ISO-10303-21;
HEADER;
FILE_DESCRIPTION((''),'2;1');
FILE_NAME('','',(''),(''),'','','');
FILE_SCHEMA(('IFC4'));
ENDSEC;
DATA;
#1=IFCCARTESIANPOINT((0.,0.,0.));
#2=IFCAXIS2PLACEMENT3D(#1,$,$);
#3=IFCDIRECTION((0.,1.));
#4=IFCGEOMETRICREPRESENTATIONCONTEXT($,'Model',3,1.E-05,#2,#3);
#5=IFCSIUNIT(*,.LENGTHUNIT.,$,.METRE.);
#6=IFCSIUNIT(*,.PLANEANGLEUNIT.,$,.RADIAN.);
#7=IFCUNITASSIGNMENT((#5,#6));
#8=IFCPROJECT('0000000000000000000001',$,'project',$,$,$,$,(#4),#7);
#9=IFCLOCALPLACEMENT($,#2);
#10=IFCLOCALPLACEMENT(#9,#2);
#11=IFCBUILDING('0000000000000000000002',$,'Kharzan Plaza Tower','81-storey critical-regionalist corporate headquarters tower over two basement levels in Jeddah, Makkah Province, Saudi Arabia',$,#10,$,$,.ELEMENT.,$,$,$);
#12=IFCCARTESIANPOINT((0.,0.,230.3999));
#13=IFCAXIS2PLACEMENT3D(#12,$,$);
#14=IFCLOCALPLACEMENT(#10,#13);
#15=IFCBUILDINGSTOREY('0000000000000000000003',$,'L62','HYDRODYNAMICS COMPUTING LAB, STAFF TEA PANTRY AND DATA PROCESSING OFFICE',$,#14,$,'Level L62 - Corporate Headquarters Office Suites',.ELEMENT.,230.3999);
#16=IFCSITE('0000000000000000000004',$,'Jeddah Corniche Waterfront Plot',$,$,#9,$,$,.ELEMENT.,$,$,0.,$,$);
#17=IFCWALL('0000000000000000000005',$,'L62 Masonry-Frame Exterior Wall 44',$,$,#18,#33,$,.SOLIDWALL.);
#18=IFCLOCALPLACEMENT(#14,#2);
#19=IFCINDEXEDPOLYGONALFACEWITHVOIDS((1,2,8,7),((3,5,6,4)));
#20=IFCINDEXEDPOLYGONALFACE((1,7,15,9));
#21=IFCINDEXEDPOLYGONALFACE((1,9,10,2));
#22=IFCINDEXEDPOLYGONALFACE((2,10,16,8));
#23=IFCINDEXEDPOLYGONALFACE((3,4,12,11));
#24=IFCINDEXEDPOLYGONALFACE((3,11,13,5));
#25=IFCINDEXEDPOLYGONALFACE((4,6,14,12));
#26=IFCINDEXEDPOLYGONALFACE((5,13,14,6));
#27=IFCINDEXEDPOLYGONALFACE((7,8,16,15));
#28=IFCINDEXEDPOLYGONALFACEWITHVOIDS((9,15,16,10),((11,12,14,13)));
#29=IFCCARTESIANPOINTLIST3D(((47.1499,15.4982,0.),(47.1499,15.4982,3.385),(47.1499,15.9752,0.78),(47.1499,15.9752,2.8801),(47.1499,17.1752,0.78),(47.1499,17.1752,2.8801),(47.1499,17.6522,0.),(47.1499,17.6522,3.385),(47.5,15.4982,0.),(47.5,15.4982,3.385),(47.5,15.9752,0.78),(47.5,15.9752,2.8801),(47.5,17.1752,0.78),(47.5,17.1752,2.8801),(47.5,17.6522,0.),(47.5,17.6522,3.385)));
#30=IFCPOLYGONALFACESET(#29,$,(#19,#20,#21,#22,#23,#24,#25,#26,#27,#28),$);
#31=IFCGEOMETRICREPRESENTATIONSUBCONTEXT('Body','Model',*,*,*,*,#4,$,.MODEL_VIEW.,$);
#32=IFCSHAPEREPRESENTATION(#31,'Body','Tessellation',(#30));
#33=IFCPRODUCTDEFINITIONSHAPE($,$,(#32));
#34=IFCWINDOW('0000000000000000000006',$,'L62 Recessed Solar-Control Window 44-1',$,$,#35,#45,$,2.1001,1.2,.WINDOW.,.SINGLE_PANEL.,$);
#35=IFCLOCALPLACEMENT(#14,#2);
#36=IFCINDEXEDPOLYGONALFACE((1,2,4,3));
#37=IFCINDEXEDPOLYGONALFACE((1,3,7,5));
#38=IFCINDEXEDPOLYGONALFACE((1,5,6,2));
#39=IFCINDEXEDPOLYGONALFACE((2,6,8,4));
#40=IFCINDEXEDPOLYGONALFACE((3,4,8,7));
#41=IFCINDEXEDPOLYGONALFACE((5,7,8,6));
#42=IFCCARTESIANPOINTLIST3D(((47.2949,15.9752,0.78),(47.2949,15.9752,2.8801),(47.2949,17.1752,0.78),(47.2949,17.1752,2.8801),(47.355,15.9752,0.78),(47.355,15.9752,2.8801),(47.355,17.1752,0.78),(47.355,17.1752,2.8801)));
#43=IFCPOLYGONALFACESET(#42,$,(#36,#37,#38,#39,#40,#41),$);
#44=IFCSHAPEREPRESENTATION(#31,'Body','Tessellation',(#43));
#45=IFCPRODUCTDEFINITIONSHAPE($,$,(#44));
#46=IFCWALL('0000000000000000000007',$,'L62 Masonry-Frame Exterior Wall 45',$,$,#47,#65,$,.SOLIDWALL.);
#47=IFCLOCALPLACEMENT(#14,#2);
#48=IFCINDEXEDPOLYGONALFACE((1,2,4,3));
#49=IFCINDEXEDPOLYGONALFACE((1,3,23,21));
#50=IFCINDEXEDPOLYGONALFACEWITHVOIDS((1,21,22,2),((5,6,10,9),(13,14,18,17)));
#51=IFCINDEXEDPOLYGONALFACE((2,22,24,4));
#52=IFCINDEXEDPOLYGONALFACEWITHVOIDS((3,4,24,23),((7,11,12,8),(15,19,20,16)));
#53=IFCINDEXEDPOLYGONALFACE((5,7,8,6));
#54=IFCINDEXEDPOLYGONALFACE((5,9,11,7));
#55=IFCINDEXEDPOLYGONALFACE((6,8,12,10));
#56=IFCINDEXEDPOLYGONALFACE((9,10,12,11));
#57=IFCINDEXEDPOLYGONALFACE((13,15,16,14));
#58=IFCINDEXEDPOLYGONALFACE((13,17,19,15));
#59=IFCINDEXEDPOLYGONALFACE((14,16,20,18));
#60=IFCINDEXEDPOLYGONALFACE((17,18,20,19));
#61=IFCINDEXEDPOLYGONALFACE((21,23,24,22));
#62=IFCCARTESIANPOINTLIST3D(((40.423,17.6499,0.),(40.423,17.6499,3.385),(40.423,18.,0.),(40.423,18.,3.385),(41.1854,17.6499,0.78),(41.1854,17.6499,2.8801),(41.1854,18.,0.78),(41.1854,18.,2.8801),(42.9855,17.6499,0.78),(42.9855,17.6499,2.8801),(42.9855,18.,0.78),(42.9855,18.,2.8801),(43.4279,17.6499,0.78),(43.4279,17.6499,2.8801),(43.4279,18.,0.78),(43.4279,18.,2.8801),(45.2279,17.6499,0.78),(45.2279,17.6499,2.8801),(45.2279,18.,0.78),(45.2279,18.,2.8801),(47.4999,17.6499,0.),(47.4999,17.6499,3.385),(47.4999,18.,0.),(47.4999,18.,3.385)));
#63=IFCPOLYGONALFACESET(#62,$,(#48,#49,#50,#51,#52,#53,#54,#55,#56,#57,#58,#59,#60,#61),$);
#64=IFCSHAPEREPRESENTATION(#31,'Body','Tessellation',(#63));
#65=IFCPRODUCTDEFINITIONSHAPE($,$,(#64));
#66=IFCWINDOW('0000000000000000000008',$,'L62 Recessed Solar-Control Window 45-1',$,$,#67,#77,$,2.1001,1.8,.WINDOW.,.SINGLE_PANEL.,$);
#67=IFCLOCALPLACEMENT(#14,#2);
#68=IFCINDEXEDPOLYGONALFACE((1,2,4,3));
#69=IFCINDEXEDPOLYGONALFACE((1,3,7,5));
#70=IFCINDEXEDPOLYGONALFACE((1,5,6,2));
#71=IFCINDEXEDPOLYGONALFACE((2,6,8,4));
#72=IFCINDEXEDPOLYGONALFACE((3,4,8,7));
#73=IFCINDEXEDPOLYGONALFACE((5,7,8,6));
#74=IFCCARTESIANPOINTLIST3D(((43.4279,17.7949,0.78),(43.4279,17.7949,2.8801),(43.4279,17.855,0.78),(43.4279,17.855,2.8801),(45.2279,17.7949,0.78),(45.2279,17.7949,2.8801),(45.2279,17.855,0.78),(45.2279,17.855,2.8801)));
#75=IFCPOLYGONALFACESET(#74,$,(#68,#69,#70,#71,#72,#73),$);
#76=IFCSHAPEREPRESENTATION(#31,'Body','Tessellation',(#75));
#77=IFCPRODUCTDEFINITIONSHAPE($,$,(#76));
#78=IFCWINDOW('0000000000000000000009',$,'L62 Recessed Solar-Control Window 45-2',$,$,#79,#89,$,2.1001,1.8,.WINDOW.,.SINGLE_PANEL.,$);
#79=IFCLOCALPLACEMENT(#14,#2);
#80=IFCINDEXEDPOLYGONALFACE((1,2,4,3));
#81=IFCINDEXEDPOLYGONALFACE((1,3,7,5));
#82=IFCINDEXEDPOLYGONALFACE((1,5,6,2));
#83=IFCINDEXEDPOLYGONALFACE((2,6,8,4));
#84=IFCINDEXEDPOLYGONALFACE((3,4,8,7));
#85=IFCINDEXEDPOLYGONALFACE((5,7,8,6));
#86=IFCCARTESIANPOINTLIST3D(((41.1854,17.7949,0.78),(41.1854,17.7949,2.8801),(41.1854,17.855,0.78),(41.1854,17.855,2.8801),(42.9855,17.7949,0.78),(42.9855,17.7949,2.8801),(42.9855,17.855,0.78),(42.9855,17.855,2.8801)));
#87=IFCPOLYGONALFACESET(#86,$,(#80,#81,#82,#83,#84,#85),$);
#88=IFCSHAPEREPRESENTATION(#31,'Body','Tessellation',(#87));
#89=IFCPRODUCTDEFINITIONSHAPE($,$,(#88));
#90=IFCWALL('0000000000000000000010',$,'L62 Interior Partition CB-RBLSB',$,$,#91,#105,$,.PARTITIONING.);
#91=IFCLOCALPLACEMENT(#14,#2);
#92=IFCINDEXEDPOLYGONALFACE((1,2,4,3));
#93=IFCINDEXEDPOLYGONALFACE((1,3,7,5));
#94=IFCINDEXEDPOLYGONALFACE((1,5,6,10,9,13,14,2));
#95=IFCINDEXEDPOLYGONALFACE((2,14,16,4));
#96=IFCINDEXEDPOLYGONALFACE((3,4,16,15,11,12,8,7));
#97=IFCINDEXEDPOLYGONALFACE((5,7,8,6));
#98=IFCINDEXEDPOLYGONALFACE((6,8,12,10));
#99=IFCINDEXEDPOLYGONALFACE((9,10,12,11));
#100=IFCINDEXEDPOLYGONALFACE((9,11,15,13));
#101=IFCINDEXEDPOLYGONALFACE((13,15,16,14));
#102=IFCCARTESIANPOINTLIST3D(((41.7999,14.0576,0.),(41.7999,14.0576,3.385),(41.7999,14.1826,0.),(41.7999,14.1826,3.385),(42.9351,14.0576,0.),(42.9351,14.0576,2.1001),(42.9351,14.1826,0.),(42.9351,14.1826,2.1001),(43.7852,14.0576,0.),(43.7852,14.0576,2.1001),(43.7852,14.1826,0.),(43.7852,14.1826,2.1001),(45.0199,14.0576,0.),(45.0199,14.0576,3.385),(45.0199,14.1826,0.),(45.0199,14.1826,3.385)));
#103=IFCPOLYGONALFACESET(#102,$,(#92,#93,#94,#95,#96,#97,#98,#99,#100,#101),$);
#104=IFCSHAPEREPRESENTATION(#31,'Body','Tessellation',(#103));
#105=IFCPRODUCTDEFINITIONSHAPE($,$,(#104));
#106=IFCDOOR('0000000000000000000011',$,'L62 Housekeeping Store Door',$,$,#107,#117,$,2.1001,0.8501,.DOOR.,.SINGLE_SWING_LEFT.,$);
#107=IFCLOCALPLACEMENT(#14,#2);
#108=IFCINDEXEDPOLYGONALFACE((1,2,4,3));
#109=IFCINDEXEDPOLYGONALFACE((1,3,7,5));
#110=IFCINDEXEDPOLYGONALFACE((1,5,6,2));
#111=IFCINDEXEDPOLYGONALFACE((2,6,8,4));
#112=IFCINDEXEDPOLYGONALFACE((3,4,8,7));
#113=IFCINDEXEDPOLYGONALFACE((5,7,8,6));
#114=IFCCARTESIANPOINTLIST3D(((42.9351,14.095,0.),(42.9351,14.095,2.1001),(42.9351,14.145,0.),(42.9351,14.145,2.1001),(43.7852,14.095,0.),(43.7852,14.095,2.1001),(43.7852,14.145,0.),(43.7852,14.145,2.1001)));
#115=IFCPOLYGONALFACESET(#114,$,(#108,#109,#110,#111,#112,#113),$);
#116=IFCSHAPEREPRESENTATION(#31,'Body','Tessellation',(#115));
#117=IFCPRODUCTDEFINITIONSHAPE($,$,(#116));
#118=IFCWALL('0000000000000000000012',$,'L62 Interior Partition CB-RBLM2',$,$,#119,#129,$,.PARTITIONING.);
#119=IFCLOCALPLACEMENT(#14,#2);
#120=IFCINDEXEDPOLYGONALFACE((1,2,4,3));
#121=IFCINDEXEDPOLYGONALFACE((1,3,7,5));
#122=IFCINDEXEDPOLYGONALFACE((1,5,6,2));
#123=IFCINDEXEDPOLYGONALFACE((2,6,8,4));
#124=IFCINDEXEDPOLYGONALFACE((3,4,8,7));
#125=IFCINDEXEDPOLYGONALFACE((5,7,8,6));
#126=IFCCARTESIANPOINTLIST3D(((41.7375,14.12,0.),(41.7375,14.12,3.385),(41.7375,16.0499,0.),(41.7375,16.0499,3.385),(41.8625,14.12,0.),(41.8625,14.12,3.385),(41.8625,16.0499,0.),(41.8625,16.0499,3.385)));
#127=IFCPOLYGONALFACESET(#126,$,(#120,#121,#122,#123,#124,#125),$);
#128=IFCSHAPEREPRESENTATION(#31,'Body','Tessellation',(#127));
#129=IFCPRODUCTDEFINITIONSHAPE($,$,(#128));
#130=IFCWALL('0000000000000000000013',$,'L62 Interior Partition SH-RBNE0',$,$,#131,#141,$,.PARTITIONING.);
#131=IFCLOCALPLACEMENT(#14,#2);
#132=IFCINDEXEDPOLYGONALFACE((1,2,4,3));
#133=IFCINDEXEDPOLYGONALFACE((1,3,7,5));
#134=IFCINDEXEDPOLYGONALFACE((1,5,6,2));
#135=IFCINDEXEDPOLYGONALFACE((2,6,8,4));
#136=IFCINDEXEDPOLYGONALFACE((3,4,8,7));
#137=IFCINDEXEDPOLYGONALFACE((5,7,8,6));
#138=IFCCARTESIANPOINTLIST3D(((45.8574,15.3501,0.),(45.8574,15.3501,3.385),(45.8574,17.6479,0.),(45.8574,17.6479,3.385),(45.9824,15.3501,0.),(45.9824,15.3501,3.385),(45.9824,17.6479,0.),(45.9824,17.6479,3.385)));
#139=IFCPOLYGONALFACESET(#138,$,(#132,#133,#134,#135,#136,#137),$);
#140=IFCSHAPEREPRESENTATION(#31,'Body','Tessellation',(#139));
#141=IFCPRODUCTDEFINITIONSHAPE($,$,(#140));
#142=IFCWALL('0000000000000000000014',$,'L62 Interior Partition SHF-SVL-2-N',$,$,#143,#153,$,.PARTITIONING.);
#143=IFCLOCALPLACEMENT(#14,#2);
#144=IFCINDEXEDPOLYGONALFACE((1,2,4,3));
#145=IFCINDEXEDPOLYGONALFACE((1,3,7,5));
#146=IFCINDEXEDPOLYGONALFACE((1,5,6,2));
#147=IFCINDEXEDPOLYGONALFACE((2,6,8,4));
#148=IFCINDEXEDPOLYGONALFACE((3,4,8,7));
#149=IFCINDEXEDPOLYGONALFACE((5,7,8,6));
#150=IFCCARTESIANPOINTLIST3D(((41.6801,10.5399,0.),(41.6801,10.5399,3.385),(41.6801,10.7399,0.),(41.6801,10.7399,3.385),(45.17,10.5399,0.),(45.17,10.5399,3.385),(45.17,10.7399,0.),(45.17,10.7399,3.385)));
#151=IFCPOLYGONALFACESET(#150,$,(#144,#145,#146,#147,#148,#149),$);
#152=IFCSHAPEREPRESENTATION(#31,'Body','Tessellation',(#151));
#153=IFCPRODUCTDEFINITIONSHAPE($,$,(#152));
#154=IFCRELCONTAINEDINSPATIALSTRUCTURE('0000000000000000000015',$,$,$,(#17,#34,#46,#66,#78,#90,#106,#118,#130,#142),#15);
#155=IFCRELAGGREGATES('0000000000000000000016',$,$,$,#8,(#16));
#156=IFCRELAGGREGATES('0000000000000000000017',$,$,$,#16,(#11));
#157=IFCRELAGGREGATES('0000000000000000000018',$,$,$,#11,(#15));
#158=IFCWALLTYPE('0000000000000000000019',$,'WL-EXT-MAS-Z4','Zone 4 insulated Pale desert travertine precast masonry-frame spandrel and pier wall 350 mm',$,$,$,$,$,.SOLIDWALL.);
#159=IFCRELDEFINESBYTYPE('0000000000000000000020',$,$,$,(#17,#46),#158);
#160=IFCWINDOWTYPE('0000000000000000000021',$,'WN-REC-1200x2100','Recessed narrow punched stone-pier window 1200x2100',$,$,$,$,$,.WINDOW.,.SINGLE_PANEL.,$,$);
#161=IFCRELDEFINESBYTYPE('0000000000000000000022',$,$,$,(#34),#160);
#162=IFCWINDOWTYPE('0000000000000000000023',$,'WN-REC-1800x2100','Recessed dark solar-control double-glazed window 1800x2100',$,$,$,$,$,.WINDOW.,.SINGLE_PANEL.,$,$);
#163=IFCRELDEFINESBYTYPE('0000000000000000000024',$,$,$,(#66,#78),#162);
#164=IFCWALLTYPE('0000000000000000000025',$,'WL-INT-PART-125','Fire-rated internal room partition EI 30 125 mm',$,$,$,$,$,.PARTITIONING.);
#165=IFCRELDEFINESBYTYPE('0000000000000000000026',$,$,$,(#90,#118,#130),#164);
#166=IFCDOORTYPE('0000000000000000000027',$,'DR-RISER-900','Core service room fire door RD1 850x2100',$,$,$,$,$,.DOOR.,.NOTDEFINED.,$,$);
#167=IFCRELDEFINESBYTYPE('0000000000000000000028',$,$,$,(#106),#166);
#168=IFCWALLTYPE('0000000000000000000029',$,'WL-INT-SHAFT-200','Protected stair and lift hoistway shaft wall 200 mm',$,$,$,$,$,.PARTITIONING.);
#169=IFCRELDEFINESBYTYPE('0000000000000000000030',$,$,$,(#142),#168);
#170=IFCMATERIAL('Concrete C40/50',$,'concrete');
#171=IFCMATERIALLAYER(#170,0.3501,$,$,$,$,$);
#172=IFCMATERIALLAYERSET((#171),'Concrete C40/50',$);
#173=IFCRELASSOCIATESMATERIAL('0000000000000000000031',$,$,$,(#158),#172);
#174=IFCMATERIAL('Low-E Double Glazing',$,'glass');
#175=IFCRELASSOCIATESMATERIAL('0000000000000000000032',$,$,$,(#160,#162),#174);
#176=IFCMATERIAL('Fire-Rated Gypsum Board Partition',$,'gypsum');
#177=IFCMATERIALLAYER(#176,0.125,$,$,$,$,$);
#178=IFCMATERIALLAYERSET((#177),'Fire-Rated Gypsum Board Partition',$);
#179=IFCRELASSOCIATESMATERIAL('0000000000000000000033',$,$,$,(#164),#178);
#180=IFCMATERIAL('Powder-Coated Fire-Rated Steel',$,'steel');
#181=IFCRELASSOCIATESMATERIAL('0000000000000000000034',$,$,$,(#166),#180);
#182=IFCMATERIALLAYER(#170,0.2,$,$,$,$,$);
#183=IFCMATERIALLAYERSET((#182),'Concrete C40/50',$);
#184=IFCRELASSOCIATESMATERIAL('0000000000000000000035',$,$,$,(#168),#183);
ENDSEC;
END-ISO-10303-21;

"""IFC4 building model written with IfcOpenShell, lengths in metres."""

from ifc_helpers import new_model, si_unit, direction, frame, frame_2d, origin, place, context, subcontext, project, spatial, rectangle, extrude, source, transform, mapped, material, layer, layer_set, type_object, element, fill, save


model = new_model("IFC4")

# Units and contexts
model_context = context("Model", 3, precision=1e-05, world=origin(), true_north=direction((0.0, 1.0)))
body_context = subcontext(model_context, "Body", "Model", "MODEL_VIEW")
ifc_project = project(units=[si_unit("LENGTHUNIT", "METRE"), si_unit("PLANEANGLEUNIT", "RADIAN")], contexts=[model_context])

# Site, building, storey
site_placement = place(None, origin())
site = spatial("IfcSite", under=ifc_project, at=site_placement, Name="Jeddah Corniche Waterfront Plot", CompositionType="ELEMENT", RefElevation=0.0)
building_placement = place(site_placement, origin())
building = spatial("IfcBuilding", under=site, at=building_placement, Name="Kharzan Plaza Tower", Description="81-storey critical-regionalist corporate headquarters tower over two basement levels in Jeddah, Makkah Province, Saudi Arabia", CompositionType="ELEMENT")
storey_placement = place(building_placement, frame((0.0, 0.0, 230.3999)))
storey = spatial("IfcBuildingStorey", under=building, at=storey_placement, Name="L62", Description="HYDRODYNAMICS COMPUTING LAB, STAFF TEA PANTRY AND DATA PROCESSING OFFICE", LongName="Level L62 - Corporate Headquarters Office Suites", CompositionType="ELEMENT", Elevation=230.3999)

# Wall, opening, window
ifc_material_1 = material(Name="Concrete C40/50", Category="concrete")
ifc_layer_1 = layer(ifc_material_1, 0.3501)
ifc_layer_set_1 = layer_set([ifc_layer_1], Name="Concrete C40/50")
wall_type_1 = type_object("IfcWallType", Name="WL-EXT-MAS-Z4", Description="Zone 4 insulated Pale desert travertine precast masonry-frame spandrel and pier wall 350 mm", PredefinedType="SOLIDWALL", material=ifc_layer_set_1)
ifc_material_2 = material(Name="Low-E Double Glazing", Category="glass")
window_type_1 = type_object("IfcWindowType", Name="WN-REC-1200x2100", Description="Recessed narrow punched stone-pier window 1200x2100", PartitioningType="SINGLE_PANEL", PredefinedType="WINDOW", material=ifc_material_2)
shared_shape_1 = source(origin(), body_context, "Body", "SweptSolid", [
    extrude(rectangle(XDim=1.2, YDim=2.1001, at=frame_2d((0.6001, 1.05))), frame((0.0, 0.03, 0.0), z_axis=(0.0, -1.0, 0.0), x_axis=(1.0, 0.0, 0.0)), (0.0, 0.0, 1.0), 0.0601),
])
wall_1_placement = place(storey_placement, frame((47.325, 15.498, 0.0), z_axis=(0.0, 0.0, 1.0), x_axis=(0.0, 1.0, 0.0)))
wall_1 = element("IfcWall", 1, at=wall_1_placement, inside=storey, type_object=wall_type_1, Name="L62 Masonry-Frame Exterior Wall 44", PredefinedType="SOLIDWALL", context=body_context, shape_type="SweptSolid", body=[
    extrude(rectangle(XDim=2.1541, YDim=0.3501, at=frame_2d((1.0771, 0.0))), origin(), (0.0, 0.0, 1.0), 3.385),
])
opening_1_placement = place(wall_1_placement, frame((0.4771, 0.0, 0.78)))
opening_1 = element("IfcOpeningElement", 2, at=opening_1_placement, cuts=wall_1, PredefinedType="OPENING", context=body_context, shape_type="SweptSolid", body=[
    extrude(rectangle(XDim=1.2, YDim=2.1001, at=frame_2d((0.6001, 1.05))), frame((0.0, 0.1851, 0.0), z_axis=(0.0, -1.0, 0.0), x_axis=(1.0, 0.0, 0.0)), (0.0, 0.0, 1.0), 0.3701),
])
window_1_placement = place(opening_1_placement, origin())
window_1 = element("IfcWindow", 3, at=window_1_placement, inside=storey, type_object=window_type_1, Name="L62 Recessed Solar-Control Window 44-1", OverallHeight=2.1001, OverallWidth=1.2, PartitioningType="SINGLE_PANEL", PredefinedType="WINDOW", context=body_context, shape_type="MappedRepresentation", body=[
    mapped(shared_shape_1, transform((0.0, 0.0, 0.0), x_axis=(1.0, 0.0, 0.0), y_axis=(0.0, 1.0, 0.0), z_axis=(0.0, 0.0, 1.0))),
])
fill(opening_1, window_1)

# Wall, openings, windows
wall_2_placement = place(storey_placement, frame((47.5, 17.825, 0.0), z_axis=(0.0, 0.0, 1.0), x_axis=(-1.0, 0.0, 0.0)))
wall_2 = element("IfcWall", 4, at=wall_2_placement, inside=storey, type_object=wall_type_1, Name="L62 Masonry-Frame Exterior Wall 45", PredefinedType="SOLIDWALL", context=body_context, shape_type="SweptSolid", body=[
    extrude(rectangle(XDim=7.0769, YDim=0.3501, at=frame_2d((3.5386, 0.0))), origin(), (0.0, 0.0, 1.0), 3.385),
])
opening_2_placement = place(wall_2_placement, frame((2.2722, 0.0, 0.78)))
opening_2 = element("IfcOpeningElement", 5, at=opening_2_placement, cuts=wall_2, PredefinedType="OPENING", context=body_context, shape_type="SweptSolid", body=[
    extrude(rectangle(XDim=1.8, YDim=2.1001, at=frame_2d((0.8999, 1.05))), frame((0.0, 0.1851, 0.0), z_axis=(0.0, -1.0, 0.0), x_axis=(1.0, 0.0, 0.0)), (0.0, 0.0, 1.0), 0.3701),
])
opening_3_placement = place(wall_2_placement, frame((4.5146, 0.0, 0.78)))
opening_3 = element("IfcOpeningElement", 6, at=opening_3_placement, cuts=wall_2, PredefinedType="OPENING", context=body_context, shape_type="SweptSolid", body=[
    extrude(rectangle(XDim=1.8, YDim=2.1001, at=frame_2d((0.8999, 1.05))), frame((0.0, 0.1851, 0.0), z_axis=(0.0, -1.0, 0.0), x_axis=(1.0, 0.0, 0.0)), (0.0, 0.0, 1.0), 0.3701),
])
window_type_2 = type_object("IfcWindowType", Name="WN-REC-1800x2100", Description="Recessed dark solar-control double-glazed window 1800x2100", PartitioningType="SINGLE_PANEL", PredefinedType="WINDOW", material=ifc_material_2)
shared_shape_2 = source(origin(), body_context, "Body", "SweptSolid", [
    extrude(rectangle(XDim=1.8, YDim=2.1001, at=frame_2d((0.8999, 1.05))), frame((0.0, 0.03, 0.0), z_axis=(0.0, -1.0, 0.0), x_axis=(1.0, 0.0, 0.0)), (0.0, 0.0, 1.0), 0.0601),
])
window_2_placement = place(opening_2_placement, origin())
window_2 = element("IfcWindow", 7, at=window_2_placement, inside=storey, type_object=window_type_2, Name="L62 Recessed Solar-Control Window 45-1", OverallHeight=2.1001, OverallWidth=1.8, PartitioningType="SINGLE_PANEL", PredefinedType="WINDOW", context=body_context, shape_type="MappedRepresentation", body=[
    mapped(shared_shape_2, transform((0.0, 0.0, 0.0), x_axis=(1.0, 0.0, 0.0), y_axis=(0.0, 1.0, 0.0), z_axis=(0.0, 0.0, 1.0))),
])
fill(opening_2, window_2)
window_3_placement = place(opening_3_placement, origin())
window_3 = element("IfcWindow", 8, at=window_3_placement, inside=storey, type_object=window_type_2, Name="L62 Recessed Solar-Control Window 45-2", OverallHeight=2.1001, OverallWidth=1.8, PartitioningType="SINGLE_PANEL", PredefinedType="WINDOW", context=body_context, shape_type="MappedRepresentation", body=[
    mapped(shared_shape_2, transform((0.0, 0.0, 0.0), x_axis=(1.0, 0.0, 0.0), y_axis=(0.0, 1.0, 0.0), z_axis=(0.0, 0.0, 1.0))),
])
fill(opening_3, window_3)

# Wall, opening, door
ifc_material_3 = material(Name="Fire-Rated Gypsum Board Partition", Category="gypsum")
ifc_layer_2 = layer(ifc_material_3, 0.125)
ifc_layer_set_2 = layer_set([ifc_layer_2], Name="Fire-Rated Gypsum Board Partition")
wall_type_2 = type_object("IfcWallType", Name="WL-INT-PART-125", Description="Fire-rated internal room partition EI 30 125 mm", PredefinedType="PARTITIONING", material=ifc_layer_set_2)
wall_3_placement = place(storey_placement, frame((41.8, 14.1201, 0.0), z_axis=(0.0, 0.0, 1.0), x_axis=(1.0, 0.0, 0.0)))
wall_3 = element("IfcWall", 9, at=wall_3_placement, inside=storey, type_object=wall_type_2, Name="L62 Interior Partition CB-RBLSB", PredefinedType="PARTITIONING", context=body_context, shape_type="SweptSolid", body=[
    extrude(rectangle(XDim=3.22, YDim=0.125, at=frame_2d((1.6099, 0.0))), origin(), (0.0, 0.0, 1.0), 3.385),
])
opening_4_placement = place(wall_3_placement, frame((1.135, 0.0, 0.0)))
opening_4 = element("IfcOpeningElement", 10, at=opening_4_placement, cuts=wall_3, PredefinedType="OPENING", context=body_context, shape_type="SweptSolid", body=[
    extrude(rectangle(XDim=0.8501, YDim=2.1001, at=frame_2d((0.425, 1.05))), frame((0.0, 0.0725, 0.0), z_axis=(0.0, -1.0, 0.0), x_axis=(1.0, 0.0, 0.0)), (0.0, 0.0, 1.0), 0.145),
])
ifc_material_4 = material(Name="Powder-Coated Fire-Rated Steel", Category="steel")
door_type_1 = type_object("IfcDoorType", Name="DR-RISER-900", Description="Core service room fire door RD1 850x2100", OperationType="NOTDEFINED", PredefinedType="DOOR", material=ifc_material_4)
shared_shape_3 = source(origin(), body_context, "Body", "SweptSolid", [
    extrude(rectangle(XDim=0.8501, YDim=2.1001, at=frame_2d((0.425, 1.05))), frame((0.0, 0.0249, 0.0), z_axis=(0.0, -1.0, 0.0), x_axis=(1.0, 0.0, 0.0)), (0.0, 0.0, 1.0), 0.05),
])
door_1_placement = place(opening_4_placement, origin())
door_1 = element("IfcDoor", 11, at=door_1_placement, inside=storey, type_object=door_type_1, Name="L62 Housekeeping Store Door", OperationType="SINGLE_SWING_LEFT", OverallHeight=2.1001, OverallWidth=0.8501, PredefinedType="DOOR", context=body_context, shape_type="MappedRepresentation", body=[
    mapped(shared_shape_3, transform((0.0, 0.0, 0.0), x_axis=(1.0, 0.0, 0.0), y_axis=(0.0, 1.0, 0.0), z_axis=(0.0, 0.0, 1.0))),
])
fill(opening_4, door_1)

# Walls
shared_shape_4 = source(origin(), body_context, "Body", "SweptSolid", [
    extrude(rectangle(XDim=1.9299, YDim=0.125, at=frame_2d((0.9648, 0.0))), origin(), (0.0, 0.0, 1.0), 3.385),
])
wall_4_placement = place(storey_placement, frame((41.8, 14.1201, 0.0), z_axis=(0.0, 0.0, 1.0), x_axis=(0.0, 1.0, 0.0)))
element("IfcWall", 12, at=wall_4_placement, inside=storey, type_object=wall_type_2, Name="L62 Interior Partition CB-RBLM2", PredefinedType="PARTITIONING", context=body_context, shape_type="MappedRepresentation", body=[
    mapped(shared_shape_4, transform((0.0, 0.0, 0.0), x_axis=(1.0, 0.0, 0.0), y_axis=(0.0, 1.0, 0.0), z_axis=(0.0, 0.0, 1.0))),
])
shared_shape_5 = source(origin(), body_context, "Body", "SweptSolid", [
    extrude(rectangle(XDim=2.2979, YDim=0.125, at=frame_2d((1.1489, 0.0))), origin(), (0.0, 0.0, 1.0), 3.385),
])
wall_5_placement = place(storey_placement, frame((45.9199, 15.3501, 0.0), z_axis=(0.0, 0.0, 1.0), x_axis=(0.0, 1.0, 0.0)))
element("IfcWall", 13, at=wall_5_placement, inside=storey, type_object=wall_type_2, Name="L62 Interior Partition SH-RBNE0", PredefinedType="PARTITIONING", context=body_context, shape_type="MappedRepresentation", body=[
    mapped(shared_shape_5, transform((0.0, 0.0, 0.0), x_axis=(1.0, 0.0, 0.0), y_axis=(0.0, 1.0, 0.0), z_axis=(0.0, 0.0, 1.0))),
])
ifc_layer_3 = layer(ifc_material_1, 0.2)
ifc_layer_set_3 = layer_set([ifc_layer_3], Name="Concrete C40/50")
wall_type_3 = type_object("IfcWallType", Name="WL-INT-SHAFT-200", Description="Protected stair and lift hoistway shaft wall 200 mm", PredefinedType="PARTITIONING", material=ifc_layer_set_3)
shared_shape_6 = source(origin(), body_context, "Body", "SweptSolid", [
    extrude(rectangle(XDim=3.49, YDim=0.2, at=frame_2d((1.7451, 0.0))), origin(), (0.0, 0.0, 1.0), 3.385),
])
wall_6_placement = place(storey_placement, frame((41.6799, 10.6399, 0.0), z_axis=(0.0, 0.0, 1.0), x_axis=(1.0, 0.0, 0.0)))
element("IfcWall", 14, at=wall_6_placement, inside=storey, type_object=wall_type_3, Name="L62 Interior Partition SHF-SVL-2-N", PredefinedType="PARTITIONING", context=body_context, shape_type="MappedRepresentation", body=[
    mapped(shared_shape_6, transform((0.0, 0.0, 0.0), x_axis=(1.0, 0.0, 0.0), y_axis=(0.0, 1.0, 0.0), z_axis=(0.0, 0.0, 1.0))),
])

save(model, "model.ifc")
